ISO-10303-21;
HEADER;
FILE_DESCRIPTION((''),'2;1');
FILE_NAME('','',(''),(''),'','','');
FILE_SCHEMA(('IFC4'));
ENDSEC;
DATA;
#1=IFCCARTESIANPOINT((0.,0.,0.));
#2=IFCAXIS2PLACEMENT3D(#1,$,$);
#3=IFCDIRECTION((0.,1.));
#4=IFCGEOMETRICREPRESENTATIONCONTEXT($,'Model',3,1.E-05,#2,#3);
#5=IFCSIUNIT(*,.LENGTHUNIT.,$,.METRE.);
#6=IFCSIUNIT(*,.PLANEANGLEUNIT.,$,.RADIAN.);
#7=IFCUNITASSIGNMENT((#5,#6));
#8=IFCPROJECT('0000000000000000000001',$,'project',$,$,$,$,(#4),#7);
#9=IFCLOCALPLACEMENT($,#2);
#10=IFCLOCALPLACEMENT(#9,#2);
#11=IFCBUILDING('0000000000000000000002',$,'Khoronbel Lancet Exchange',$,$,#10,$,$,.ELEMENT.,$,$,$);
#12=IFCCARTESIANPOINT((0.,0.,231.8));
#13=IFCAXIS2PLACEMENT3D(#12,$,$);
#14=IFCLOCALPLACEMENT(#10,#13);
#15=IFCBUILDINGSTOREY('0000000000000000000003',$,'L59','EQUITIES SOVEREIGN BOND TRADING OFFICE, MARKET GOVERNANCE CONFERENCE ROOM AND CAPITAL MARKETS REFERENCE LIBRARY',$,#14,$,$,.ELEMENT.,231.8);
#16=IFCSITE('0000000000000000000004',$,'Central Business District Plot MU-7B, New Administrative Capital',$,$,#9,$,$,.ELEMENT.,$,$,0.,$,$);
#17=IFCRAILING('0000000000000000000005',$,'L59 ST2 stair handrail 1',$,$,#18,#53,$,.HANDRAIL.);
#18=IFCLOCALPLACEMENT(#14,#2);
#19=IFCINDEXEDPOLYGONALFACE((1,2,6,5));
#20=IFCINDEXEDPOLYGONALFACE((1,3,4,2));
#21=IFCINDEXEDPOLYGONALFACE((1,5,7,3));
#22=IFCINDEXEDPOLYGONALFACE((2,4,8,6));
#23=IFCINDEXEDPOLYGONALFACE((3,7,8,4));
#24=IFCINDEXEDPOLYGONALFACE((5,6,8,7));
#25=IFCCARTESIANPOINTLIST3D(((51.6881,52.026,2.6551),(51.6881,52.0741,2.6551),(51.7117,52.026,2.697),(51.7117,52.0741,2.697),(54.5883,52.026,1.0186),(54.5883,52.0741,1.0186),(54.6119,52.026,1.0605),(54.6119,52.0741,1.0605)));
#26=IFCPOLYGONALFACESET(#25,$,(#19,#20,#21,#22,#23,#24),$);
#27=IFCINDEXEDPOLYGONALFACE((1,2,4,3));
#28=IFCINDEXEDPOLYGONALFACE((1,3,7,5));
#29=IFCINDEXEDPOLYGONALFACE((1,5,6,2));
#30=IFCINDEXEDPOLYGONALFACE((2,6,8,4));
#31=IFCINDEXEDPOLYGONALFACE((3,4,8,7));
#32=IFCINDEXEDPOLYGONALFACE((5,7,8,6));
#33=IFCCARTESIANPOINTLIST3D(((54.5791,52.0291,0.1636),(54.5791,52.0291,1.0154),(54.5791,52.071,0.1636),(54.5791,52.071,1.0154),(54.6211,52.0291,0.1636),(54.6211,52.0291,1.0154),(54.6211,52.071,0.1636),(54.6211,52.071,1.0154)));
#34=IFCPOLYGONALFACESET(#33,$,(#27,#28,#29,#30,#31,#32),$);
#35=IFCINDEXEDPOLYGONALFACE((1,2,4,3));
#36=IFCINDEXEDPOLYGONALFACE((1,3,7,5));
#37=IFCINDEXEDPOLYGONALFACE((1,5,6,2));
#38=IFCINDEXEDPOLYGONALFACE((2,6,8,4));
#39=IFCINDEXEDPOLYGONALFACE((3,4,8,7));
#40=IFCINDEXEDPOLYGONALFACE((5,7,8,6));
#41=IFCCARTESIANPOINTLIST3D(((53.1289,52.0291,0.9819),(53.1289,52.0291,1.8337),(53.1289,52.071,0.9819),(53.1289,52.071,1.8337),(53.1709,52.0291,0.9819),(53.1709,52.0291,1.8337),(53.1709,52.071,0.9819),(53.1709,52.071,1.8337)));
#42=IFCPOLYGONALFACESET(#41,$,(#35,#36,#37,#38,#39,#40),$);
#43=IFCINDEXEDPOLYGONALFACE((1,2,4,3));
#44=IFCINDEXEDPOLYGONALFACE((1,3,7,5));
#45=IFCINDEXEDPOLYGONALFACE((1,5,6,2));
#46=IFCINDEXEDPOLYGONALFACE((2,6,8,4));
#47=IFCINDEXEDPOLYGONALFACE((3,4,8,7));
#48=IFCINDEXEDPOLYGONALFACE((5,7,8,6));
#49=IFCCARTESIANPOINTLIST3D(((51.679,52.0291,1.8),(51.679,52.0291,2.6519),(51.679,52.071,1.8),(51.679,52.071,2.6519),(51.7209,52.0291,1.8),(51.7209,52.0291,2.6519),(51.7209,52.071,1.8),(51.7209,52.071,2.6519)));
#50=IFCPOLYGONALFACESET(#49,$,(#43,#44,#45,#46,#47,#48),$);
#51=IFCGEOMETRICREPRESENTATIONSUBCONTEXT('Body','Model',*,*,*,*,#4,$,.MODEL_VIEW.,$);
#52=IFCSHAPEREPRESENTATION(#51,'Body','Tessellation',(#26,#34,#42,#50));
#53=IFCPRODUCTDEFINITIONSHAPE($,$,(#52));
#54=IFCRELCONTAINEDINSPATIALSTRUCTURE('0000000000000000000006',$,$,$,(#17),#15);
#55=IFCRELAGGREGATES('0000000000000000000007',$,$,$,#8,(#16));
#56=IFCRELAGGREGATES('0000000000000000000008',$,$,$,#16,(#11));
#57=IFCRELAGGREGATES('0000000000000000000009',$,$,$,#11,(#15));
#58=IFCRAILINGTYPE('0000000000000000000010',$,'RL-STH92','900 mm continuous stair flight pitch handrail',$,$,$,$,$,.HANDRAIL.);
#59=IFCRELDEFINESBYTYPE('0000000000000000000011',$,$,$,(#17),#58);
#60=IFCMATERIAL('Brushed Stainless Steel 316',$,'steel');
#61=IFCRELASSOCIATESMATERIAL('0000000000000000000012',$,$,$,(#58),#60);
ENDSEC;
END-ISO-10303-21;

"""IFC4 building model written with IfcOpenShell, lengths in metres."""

from ifc_helpers import new_model, si_unit, direction, frame, origin, origin_2d, place, context, subcontext, project, spatial, rectangle, extrude, material, type_object, element, save


model = new_model("IFC4")

# Units and contexts
model_context = context("Model", 3, precision=1e-05, world=origin(), true_north=direction((0.0, 1.0)))
body_context = subcontext(model_context, "Body", "Model", "MODEL_VIEW")
ifc_project = project(units=[si_unit("LENGTHUNIT", "METRE"), si_unit("PLANEANGLEUNIT", "RADIAN")], contexts=[model_context])

# Site, building, storey
site_placement = place(None, origin())
site = spatial("IfcSite", under=ifc_project, at=site_placement, Name="Central Business District Plot MU-7B, New Administrative Capital", CompositionType="ELEMENT", RefElevation=0.0)
building_placement = place(site_placement, origin())
building = spatial("IfcBuilding", under=site, at=building_placement, Name="Khoronbel Lancet Exchange", CompositionType="ELEMENT")
storey_placement = place(building_placement, frame((0.0, 0.0, 231.8)))
storey = spatial("IfcBuildingStorey", under=building, at=storey_placement, Name="L59", Description="EQUITIES SOVEREIGN BOND TRADING OFFICE, MARKET GOVERNANCE CONFERENCE ROOM AND CAPITAL MARKETS REFERENCE LIBRARY", CompositionType="ELEMENT", Elevation=231.8)

# Railing
ifc_material_1 = material(Name="Brushed Stainless Steel 316", Category="steel")
railing_type_1 = type_object("IfcRailingType", Name="RL-STH92", Description="900 mm continuous stair flight pitch handrail", PredefinedType="HANDRAIL", material=ifc_material_1)
railing_1_placement = place(storey_placement, frame((54.6001, 52.05, 0.1636)))
element("IfcRailing", 1, at=railing_1_placement, inside=storey, type_object=railing_type_1, Name="L59 ST2 stair handrail 1", PredefinedType="HANDRAIL", context=body_context, shape_type="SweptSolid", body=[
    extrude(rectangle(XDim=0.0481, YDim=0.0481, at=origin_2d()), frame((0.0, 0.0, 0.876), z_axis=(-0.870915, 0.0, 0.491434), x_axis=(0.0, -1.0, 0.0)), (0.0, 0.0, 1.0), 3.3301),
    extrude(rectangle(XDim=0.042, YDim=0.042, at=origin_2d()), origin(), (0.0, 0.0, 1.0), 0.8518),
    extrude(rectangle(XDim=0.042, YDim=0.042, at=origin_2d()), frame((-1.4502, 0.0, 0.8184)), (0.0, 0.0, 1.0), 0.8518),
    extrude(rectangle(XDim=0.042, YDim=0.042, at=origin_2d()), frame((-2.9001, 0.0, 1.6365)), (0.0, 0.0, 1.0), 0.8518),
])

save(model, "model.ifc")
